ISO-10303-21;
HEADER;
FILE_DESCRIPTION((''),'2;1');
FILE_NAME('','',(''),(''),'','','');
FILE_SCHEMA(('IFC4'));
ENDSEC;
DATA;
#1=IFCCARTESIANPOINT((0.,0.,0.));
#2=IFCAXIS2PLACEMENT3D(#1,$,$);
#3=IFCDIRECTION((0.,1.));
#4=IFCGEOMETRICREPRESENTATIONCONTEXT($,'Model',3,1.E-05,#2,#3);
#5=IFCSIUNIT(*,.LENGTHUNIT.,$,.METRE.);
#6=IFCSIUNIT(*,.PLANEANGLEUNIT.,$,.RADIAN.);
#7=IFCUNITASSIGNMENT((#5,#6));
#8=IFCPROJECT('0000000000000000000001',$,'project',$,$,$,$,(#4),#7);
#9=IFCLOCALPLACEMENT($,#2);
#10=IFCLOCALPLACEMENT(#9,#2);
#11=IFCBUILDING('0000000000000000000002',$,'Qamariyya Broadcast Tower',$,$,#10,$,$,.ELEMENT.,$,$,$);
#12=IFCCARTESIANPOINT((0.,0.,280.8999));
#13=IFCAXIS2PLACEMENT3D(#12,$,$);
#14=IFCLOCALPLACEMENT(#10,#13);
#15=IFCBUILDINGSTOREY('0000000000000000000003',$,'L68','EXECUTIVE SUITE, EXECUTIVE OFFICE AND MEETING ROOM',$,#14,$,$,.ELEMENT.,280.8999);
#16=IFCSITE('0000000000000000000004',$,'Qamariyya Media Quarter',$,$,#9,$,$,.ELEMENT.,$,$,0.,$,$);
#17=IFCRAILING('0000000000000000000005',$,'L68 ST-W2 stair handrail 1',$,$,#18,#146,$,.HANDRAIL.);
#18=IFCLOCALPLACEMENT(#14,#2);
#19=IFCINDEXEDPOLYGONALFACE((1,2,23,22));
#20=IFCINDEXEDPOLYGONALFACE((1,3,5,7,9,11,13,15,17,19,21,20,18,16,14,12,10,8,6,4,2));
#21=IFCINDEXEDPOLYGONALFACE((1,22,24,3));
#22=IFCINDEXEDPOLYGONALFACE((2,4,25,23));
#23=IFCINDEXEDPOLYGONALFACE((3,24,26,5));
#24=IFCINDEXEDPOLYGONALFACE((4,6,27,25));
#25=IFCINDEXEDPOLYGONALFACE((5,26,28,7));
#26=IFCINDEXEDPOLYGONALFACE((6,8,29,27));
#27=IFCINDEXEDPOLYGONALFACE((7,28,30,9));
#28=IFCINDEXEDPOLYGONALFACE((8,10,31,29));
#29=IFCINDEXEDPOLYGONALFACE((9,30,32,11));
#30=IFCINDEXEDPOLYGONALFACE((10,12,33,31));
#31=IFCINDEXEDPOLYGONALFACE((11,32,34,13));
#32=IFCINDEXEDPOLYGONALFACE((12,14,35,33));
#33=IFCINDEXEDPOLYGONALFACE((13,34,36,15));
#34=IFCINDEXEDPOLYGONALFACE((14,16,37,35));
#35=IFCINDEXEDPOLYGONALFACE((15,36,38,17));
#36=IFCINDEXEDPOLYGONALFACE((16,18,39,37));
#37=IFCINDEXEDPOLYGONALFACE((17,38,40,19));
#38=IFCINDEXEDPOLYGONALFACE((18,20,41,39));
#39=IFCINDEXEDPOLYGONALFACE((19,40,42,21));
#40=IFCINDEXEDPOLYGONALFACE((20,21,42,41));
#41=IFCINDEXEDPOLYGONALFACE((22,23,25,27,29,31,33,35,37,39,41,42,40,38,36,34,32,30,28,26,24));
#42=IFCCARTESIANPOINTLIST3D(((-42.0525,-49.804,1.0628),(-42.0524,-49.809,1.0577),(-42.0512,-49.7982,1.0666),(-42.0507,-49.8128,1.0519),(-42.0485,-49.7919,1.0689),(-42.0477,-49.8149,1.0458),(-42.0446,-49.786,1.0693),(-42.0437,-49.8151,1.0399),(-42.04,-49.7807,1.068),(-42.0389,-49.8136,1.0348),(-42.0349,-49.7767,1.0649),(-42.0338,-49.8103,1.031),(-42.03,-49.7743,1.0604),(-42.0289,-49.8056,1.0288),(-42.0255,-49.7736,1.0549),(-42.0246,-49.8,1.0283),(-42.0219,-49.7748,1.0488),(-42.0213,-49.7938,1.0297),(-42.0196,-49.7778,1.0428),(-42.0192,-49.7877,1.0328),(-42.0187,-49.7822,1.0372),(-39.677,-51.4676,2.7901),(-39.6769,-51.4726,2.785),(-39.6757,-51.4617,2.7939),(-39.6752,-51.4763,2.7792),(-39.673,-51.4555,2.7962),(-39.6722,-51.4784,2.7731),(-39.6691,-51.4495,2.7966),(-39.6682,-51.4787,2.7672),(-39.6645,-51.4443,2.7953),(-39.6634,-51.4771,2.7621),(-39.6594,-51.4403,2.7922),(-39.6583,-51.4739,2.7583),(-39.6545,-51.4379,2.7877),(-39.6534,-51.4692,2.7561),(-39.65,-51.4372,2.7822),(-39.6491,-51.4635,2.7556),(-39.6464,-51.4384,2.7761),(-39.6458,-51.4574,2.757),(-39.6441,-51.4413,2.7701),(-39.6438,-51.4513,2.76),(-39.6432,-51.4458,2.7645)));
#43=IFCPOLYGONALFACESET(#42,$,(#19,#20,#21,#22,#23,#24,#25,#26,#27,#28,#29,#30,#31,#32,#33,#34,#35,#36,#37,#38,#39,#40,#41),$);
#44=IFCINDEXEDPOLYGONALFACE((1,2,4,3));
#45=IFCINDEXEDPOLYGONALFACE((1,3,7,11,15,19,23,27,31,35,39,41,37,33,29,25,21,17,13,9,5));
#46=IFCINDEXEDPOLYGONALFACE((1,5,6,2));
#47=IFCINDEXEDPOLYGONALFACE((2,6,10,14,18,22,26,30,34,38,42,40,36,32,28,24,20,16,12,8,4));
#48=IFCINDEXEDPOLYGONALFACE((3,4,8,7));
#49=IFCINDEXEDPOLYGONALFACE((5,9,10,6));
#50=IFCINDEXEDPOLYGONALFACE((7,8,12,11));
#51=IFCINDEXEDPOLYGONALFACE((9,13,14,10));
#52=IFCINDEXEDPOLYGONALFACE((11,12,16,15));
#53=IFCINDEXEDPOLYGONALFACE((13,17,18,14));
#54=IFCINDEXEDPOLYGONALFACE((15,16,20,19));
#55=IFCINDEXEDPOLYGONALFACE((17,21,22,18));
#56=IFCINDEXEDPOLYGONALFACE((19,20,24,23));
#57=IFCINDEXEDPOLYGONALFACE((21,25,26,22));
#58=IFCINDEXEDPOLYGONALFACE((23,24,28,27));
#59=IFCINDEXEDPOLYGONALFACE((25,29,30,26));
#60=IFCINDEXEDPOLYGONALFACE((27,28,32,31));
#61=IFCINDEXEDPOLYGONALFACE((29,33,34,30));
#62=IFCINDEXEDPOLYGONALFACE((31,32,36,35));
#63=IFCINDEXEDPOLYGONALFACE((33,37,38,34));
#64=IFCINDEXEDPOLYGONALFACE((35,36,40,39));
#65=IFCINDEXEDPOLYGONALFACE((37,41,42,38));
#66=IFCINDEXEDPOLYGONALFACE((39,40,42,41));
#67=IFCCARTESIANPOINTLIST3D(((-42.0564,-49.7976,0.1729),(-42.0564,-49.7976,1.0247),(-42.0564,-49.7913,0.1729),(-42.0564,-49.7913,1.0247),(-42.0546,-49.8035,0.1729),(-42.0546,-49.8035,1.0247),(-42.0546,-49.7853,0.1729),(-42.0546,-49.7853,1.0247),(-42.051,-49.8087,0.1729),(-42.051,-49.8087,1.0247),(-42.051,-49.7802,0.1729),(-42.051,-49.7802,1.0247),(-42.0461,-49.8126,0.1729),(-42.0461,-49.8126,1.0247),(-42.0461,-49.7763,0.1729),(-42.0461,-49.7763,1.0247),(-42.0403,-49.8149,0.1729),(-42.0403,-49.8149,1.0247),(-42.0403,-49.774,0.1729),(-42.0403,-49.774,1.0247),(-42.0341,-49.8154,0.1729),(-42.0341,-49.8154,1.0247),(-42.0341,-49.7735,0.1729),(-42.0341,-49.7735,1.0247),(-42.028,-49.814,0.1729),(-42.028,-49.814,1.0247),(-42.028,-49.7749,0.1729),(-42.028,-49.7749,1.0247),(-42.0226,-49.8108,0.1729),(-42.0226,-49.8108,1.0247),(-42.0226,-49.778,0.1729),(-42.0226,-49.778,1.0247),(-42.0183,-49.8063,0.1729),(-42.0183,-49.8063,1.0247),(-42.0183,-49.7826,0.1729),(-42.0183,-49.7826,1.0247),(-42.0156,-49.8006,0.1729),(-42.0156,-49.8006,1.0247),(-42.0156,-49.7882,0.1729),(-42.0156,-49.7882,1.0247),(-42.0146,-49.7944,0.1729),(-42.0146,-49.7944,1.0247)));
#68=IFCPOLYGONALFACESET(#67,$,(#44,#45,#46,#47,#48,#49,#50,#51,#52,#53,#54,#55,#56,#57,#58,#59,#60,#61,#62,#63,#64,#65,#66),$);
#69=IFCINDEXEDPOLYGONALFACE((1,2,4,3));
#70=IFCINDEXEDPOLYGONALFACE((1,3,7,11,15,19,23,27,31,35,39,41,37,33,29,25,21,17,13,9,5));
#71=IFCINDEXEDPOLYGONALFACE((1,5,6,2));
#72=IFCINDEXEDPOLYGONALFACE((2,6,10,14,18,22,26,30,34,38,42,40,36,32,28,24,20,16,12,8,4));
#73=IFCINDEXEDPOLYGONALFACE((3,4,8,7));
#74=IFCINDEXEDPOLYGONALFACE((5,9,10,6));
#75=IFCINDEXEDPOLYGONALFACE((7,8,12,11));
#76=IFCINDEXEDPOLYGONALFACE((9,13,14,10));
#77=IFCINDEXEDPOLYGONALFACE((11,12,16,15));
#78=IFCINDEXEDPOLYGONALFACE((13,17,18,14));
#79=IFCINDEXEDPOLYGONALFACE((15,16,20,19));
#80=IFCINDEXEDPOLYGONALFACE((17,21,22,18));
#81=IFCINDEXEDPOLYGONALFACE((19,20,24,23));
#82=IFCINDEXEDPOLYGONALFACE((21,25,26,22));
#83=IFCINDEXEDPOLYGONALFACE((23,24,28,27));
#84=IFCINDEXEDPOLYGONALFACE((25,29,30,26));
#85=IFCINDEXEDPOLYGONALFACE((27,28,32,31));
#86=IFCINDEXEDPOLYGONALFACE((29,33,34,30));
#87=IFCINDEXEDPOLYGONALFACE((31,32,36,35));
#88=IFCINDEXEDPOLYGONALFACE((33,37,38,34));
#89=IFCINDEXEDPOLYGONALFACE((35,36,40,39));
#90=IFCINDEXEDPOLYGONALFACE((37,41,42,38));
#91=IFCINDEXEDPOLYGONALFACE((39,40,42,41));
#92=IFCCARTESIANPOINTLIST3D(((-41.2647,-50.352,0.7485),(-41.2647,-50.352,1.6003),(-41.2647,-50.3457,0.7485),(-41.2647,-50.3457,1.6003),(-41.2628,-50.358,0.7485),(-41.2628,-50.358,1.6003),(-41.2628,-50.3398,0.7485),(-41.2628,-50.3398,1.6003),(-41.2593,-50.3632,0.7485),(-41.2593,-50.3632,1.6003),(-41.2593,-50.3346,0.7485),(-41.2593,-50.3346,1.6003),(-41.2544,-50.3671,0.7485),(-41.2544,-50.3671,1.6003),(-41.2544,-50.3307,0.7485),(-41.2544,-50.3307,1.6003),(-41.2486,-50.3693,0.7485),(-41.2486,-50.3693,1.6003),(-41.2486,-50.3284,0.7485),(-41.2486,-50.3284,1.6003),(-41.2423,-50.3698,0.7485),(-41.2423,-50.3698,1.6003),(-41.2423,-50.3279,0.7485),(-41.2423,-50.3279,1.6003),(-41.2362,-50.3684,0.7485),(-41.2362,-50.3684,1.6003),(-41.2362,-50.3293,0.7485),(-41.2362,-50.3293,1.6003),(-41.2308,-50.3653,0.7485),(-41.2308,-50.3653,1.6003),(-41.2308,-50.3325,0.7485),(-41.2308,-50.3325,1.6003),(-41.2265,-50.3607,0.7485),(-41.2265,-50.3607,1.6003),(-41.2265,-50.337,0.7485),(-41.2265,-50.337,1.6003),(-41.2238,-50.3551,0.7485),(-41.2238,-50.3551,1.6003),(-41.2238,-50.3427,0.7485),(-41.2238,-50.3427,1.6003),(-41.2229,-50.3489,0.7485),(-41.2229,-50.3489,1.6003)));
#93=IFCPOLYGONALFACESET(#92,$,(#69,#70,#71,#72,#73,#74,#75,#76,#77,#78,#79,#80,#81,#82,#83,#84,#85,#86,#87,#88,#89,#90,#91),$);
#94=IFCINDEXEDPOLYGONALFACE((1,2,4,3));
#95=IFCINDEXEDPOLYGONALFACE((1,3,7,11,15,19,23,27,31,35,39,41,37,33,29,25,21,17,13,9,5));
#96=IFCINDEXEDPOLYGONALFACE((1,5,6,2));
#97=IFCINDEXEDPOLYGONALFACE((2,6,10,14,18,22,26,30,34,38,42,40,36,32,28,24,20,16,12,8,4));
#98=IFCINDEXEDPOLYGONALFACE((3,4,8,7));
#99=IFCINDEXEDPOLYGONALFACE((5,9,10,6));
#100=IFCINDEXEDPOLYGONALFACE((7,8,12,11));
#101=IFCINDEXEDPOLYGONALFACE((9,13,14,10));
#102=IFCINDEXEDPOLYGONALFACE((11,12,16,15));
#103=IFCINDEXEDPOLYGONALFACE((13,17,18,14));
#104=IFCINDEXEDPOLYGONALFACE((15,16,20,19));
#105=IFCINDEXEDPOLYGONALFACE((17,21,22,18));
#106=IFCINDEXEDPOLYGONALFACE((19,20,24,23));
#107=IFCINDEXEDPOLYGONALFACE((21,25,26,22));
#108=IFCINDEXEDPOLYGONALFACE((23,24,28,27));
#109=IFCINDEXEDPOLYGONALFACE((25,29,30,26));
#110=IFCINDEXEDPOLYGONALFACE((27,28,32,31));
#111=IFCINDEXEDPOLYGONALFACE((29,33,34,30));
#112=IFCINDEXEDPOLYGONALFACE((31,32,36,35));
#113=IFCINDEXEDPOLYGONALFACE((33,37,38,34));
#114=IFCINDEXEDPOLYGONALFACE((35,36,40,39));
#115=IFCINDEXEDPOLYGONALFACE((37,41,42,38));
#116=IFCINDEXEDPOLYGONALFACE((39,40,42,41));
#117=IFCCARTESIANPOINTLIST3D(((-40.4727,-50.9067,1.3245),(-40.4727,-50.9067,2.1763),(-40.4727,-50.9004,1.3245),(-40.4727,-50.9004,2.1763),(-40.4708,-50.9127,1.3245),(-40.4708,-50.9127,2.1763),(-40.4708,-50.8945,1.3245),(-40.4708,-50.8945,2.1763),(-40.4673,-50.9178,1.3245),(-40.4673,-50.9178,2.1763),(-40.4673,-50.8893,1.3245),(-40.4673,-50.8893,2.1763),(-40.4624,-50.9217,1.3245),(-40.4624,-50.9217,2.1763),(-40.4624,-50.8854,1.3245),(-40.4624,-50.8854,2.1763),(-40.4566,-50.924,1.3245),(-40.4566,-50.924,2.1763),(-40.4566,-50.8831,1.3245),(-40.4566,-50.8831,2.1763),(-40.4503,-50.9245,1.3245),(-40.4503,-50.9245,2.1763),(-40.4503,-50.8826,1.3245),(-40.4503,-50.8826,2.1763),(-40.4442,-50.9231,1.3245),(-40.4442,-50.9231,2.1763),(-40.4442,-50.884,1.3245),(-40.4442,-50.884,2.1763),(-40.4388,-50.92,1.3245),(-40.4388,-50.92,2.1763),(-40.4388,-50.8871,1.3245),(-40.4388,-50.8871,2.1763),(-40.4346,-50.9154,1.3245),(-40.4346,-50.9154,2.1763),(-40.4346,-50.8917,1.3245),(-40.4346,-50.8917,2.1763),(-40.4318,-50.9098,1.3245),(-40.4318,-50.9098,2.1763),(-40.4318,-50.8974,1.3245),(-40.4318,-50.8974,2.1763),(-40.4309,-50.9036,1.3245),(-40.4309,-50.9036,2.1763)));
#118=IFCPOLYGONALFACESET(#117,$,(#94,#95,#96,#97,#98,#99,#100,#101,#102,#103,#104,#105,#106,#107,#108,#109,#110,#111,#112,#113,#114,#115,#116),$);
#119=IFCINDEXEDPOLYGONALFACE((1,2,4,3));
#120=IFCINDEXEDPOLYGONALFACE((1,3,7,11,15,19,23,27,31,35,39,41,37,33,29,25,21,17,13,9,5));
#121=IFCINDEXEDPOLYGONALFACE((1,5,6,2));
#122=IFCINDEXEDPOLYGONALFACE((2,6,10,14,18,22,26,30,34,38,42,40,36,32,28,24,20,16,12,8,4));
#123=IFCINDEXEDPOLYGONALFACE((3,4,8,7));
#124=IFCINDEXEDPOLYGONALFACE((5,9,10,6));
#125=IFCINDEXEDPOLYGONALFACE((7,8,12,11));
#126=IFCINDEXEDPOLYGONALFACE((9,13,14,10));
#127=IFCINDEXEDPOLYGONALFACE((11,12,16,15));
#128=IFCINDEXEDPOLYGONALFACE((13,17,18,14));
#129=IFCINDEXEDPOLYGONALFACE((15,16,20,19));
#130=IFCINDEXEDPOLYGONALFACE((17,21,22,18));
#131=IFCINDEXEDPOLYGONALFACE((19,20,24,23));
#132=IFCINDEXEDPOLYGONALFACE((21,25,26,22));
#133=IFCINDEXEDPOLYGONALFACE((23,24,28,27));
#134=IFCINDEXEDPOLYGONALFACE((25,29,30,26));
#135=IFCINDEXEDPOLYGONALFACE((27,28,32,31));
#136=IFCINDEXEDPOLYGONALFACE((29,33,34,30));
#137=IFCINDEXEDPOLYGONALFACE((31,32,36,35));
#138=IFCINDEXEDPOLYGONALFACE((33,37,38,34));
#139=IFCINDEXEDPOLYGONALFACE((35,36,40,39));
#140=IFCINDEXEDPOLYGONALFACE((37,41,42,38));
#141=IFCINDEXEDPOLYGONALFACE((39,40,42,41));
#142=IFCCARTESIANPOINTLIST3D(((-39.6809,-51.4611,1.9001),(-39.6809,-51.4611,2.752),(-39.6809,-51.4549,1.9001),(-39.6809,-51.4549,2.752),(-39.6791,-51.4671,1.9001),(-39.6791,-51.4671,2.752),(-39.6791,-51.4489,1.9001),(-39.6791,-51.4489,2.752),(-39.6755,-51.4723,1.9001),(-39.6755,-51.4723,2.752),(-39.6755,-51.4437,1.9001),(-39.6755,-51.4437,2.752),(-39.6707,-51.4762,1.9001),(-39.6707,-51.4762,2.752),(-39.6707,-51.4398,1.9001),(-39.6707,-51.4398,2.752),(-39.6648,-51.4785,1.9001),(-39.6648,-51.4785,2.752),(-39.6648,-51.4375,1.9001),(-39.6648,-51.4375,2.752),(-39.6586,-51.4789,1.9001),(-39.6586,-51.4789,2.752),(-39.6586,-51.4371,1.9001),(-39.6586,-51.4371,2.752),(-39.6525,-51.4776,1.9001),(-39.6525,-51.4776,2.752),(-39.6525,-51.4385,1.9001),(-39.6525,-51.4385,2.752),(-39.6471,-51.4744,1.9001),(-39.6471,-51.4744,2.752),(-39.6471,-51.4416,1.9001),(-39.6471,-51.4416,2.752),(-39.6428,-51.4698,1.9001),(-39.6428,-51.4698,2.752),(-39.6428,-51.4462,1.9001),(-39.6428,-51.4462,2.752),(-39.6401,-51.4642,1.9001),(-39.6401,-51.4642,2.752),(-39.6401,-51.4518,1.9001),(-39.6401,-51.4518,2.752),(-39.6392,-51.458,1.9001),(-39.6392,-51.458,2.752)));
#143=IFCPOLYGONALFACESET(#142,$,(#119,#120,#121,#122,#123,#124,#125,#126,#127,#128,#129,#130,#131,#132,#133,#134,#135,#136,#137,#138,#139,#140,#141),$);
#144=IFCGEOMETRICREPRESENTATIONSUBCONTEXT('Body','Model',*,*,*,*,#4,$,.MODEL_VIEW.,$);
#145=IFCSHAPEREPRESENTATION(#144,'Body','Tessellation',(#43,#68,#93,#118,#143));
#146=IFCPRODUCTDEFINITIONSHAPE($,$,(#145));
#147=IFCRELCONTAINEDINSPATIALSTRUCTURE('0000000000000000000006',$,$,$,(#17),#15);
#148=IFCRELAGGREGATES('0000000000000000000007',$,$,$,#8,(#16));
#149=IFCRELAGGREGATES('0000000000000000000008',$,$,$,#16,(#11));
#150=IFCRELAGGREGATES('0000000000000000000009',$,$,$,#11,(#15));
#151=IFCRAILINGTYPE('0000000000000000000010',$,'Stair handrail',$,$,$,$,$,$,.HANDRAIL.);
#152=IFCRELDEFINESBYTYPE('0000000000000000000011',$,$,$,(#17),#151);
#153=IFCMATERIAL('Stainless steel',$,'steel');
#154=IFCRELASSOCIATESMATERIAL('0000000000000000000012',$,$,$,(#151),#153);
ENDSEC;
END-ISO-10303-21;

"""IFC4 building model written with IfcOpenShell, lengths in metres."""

from ifc_helpers import new_model, si_unit, direction, frame, origin, origin_2d, place, context, subcontext, project, spatial, circle, extrude, material, type_object, element, save


model = new_model("IFC4")

# Units and contexts
model_context = context("Model", 3, precision=1e-05, world=origin(), true_north=direction((0.0, 1.0)))
body_context = subcontext(model_context, "Body", "Model", "MODEL_VIEW")
ifc_project = project(units=[si_unit("LENGTHUNIT", "METRE"), si_unit("PLANEANGLEUNIT", "RADIAN")], contexts=[model_context])

# Site, building, storey
site_placement = place(None, origin())
site = spatial("IfcSite", under=ifc_project, at=site_placement, Name="Qamariyya Media Quarter", CompositionType="ELEMENT", RefElevation=0.0)
building_placement = place(site_placement, origin())
building = spatial("IfcBuilding", under=site, at=building_placement, Name="Qamariyya Broadcast Tower", CompositionType="ELEMENT")
storey_placement = place(building_placement, frame((0.0, 0.0, 280.8999)))
storey = spatial("IfcBuildingStorey", under=building, at=storey_placement, Name="L68", Description="EXECUTIVE SUITE, EXECUTIVE OFFICE AND MEETING ROOM", CompositionType="ELEMENT", Elevation=280.8999)

# Railing
ifc_material_1 = material(Name="Stainless steel", Category="steel")
railing_type_1 = type_object("IfcRailingType", Name="Stair handrail", PredefinedType="HANDRAIL", material=ifc_material_1)
railing_1_placement = place(storey_placement, frame((-42.0356, -49.7944, 0.1729)))
element("IfcRailing", 1, at=railing_1_placement, inside=storey, type_object=railing_type_1, Name="L68 ST-W2 stair handrail 1", PredefinedType="HANDRAIL", context=body_context, shape_type="SweptSolid", body=[
    extrude(circle(Radius=0.0239, at=origin_2d()), frame((0.0, 0.0, 0.876), z_axis=(0.703745, -0.492838, 0.511716), x_axis=(0.573632, 0.819113, 0.0)), (0.0, 0.0, 1.0), 3.3755),
    extrude(circle(Radius=0.021, at=origin_2d()), origin(), (0.0, 0.0, 1.0), 0.8518),
    extrude(circle(Radius=0.021, at=origin_2d()), frame((0.7917, -0.5544, 0.5757)), (0.0, 0.0, 1.0), 0.8518),
    extrude(circle(Radius=0.021, at=origin_2d()), frame((1.5837, -1.1091, 1.1516)), (0.0, 0.0, 1.0), 0.8518),
    extrude(circle(Radius=0.021, at=origin_2d()), frame((2.3755, -1.6636, 1.7273)), (0.0, 0.0, 1.0), 0.8518),
])

save(model, "model.ifc")
